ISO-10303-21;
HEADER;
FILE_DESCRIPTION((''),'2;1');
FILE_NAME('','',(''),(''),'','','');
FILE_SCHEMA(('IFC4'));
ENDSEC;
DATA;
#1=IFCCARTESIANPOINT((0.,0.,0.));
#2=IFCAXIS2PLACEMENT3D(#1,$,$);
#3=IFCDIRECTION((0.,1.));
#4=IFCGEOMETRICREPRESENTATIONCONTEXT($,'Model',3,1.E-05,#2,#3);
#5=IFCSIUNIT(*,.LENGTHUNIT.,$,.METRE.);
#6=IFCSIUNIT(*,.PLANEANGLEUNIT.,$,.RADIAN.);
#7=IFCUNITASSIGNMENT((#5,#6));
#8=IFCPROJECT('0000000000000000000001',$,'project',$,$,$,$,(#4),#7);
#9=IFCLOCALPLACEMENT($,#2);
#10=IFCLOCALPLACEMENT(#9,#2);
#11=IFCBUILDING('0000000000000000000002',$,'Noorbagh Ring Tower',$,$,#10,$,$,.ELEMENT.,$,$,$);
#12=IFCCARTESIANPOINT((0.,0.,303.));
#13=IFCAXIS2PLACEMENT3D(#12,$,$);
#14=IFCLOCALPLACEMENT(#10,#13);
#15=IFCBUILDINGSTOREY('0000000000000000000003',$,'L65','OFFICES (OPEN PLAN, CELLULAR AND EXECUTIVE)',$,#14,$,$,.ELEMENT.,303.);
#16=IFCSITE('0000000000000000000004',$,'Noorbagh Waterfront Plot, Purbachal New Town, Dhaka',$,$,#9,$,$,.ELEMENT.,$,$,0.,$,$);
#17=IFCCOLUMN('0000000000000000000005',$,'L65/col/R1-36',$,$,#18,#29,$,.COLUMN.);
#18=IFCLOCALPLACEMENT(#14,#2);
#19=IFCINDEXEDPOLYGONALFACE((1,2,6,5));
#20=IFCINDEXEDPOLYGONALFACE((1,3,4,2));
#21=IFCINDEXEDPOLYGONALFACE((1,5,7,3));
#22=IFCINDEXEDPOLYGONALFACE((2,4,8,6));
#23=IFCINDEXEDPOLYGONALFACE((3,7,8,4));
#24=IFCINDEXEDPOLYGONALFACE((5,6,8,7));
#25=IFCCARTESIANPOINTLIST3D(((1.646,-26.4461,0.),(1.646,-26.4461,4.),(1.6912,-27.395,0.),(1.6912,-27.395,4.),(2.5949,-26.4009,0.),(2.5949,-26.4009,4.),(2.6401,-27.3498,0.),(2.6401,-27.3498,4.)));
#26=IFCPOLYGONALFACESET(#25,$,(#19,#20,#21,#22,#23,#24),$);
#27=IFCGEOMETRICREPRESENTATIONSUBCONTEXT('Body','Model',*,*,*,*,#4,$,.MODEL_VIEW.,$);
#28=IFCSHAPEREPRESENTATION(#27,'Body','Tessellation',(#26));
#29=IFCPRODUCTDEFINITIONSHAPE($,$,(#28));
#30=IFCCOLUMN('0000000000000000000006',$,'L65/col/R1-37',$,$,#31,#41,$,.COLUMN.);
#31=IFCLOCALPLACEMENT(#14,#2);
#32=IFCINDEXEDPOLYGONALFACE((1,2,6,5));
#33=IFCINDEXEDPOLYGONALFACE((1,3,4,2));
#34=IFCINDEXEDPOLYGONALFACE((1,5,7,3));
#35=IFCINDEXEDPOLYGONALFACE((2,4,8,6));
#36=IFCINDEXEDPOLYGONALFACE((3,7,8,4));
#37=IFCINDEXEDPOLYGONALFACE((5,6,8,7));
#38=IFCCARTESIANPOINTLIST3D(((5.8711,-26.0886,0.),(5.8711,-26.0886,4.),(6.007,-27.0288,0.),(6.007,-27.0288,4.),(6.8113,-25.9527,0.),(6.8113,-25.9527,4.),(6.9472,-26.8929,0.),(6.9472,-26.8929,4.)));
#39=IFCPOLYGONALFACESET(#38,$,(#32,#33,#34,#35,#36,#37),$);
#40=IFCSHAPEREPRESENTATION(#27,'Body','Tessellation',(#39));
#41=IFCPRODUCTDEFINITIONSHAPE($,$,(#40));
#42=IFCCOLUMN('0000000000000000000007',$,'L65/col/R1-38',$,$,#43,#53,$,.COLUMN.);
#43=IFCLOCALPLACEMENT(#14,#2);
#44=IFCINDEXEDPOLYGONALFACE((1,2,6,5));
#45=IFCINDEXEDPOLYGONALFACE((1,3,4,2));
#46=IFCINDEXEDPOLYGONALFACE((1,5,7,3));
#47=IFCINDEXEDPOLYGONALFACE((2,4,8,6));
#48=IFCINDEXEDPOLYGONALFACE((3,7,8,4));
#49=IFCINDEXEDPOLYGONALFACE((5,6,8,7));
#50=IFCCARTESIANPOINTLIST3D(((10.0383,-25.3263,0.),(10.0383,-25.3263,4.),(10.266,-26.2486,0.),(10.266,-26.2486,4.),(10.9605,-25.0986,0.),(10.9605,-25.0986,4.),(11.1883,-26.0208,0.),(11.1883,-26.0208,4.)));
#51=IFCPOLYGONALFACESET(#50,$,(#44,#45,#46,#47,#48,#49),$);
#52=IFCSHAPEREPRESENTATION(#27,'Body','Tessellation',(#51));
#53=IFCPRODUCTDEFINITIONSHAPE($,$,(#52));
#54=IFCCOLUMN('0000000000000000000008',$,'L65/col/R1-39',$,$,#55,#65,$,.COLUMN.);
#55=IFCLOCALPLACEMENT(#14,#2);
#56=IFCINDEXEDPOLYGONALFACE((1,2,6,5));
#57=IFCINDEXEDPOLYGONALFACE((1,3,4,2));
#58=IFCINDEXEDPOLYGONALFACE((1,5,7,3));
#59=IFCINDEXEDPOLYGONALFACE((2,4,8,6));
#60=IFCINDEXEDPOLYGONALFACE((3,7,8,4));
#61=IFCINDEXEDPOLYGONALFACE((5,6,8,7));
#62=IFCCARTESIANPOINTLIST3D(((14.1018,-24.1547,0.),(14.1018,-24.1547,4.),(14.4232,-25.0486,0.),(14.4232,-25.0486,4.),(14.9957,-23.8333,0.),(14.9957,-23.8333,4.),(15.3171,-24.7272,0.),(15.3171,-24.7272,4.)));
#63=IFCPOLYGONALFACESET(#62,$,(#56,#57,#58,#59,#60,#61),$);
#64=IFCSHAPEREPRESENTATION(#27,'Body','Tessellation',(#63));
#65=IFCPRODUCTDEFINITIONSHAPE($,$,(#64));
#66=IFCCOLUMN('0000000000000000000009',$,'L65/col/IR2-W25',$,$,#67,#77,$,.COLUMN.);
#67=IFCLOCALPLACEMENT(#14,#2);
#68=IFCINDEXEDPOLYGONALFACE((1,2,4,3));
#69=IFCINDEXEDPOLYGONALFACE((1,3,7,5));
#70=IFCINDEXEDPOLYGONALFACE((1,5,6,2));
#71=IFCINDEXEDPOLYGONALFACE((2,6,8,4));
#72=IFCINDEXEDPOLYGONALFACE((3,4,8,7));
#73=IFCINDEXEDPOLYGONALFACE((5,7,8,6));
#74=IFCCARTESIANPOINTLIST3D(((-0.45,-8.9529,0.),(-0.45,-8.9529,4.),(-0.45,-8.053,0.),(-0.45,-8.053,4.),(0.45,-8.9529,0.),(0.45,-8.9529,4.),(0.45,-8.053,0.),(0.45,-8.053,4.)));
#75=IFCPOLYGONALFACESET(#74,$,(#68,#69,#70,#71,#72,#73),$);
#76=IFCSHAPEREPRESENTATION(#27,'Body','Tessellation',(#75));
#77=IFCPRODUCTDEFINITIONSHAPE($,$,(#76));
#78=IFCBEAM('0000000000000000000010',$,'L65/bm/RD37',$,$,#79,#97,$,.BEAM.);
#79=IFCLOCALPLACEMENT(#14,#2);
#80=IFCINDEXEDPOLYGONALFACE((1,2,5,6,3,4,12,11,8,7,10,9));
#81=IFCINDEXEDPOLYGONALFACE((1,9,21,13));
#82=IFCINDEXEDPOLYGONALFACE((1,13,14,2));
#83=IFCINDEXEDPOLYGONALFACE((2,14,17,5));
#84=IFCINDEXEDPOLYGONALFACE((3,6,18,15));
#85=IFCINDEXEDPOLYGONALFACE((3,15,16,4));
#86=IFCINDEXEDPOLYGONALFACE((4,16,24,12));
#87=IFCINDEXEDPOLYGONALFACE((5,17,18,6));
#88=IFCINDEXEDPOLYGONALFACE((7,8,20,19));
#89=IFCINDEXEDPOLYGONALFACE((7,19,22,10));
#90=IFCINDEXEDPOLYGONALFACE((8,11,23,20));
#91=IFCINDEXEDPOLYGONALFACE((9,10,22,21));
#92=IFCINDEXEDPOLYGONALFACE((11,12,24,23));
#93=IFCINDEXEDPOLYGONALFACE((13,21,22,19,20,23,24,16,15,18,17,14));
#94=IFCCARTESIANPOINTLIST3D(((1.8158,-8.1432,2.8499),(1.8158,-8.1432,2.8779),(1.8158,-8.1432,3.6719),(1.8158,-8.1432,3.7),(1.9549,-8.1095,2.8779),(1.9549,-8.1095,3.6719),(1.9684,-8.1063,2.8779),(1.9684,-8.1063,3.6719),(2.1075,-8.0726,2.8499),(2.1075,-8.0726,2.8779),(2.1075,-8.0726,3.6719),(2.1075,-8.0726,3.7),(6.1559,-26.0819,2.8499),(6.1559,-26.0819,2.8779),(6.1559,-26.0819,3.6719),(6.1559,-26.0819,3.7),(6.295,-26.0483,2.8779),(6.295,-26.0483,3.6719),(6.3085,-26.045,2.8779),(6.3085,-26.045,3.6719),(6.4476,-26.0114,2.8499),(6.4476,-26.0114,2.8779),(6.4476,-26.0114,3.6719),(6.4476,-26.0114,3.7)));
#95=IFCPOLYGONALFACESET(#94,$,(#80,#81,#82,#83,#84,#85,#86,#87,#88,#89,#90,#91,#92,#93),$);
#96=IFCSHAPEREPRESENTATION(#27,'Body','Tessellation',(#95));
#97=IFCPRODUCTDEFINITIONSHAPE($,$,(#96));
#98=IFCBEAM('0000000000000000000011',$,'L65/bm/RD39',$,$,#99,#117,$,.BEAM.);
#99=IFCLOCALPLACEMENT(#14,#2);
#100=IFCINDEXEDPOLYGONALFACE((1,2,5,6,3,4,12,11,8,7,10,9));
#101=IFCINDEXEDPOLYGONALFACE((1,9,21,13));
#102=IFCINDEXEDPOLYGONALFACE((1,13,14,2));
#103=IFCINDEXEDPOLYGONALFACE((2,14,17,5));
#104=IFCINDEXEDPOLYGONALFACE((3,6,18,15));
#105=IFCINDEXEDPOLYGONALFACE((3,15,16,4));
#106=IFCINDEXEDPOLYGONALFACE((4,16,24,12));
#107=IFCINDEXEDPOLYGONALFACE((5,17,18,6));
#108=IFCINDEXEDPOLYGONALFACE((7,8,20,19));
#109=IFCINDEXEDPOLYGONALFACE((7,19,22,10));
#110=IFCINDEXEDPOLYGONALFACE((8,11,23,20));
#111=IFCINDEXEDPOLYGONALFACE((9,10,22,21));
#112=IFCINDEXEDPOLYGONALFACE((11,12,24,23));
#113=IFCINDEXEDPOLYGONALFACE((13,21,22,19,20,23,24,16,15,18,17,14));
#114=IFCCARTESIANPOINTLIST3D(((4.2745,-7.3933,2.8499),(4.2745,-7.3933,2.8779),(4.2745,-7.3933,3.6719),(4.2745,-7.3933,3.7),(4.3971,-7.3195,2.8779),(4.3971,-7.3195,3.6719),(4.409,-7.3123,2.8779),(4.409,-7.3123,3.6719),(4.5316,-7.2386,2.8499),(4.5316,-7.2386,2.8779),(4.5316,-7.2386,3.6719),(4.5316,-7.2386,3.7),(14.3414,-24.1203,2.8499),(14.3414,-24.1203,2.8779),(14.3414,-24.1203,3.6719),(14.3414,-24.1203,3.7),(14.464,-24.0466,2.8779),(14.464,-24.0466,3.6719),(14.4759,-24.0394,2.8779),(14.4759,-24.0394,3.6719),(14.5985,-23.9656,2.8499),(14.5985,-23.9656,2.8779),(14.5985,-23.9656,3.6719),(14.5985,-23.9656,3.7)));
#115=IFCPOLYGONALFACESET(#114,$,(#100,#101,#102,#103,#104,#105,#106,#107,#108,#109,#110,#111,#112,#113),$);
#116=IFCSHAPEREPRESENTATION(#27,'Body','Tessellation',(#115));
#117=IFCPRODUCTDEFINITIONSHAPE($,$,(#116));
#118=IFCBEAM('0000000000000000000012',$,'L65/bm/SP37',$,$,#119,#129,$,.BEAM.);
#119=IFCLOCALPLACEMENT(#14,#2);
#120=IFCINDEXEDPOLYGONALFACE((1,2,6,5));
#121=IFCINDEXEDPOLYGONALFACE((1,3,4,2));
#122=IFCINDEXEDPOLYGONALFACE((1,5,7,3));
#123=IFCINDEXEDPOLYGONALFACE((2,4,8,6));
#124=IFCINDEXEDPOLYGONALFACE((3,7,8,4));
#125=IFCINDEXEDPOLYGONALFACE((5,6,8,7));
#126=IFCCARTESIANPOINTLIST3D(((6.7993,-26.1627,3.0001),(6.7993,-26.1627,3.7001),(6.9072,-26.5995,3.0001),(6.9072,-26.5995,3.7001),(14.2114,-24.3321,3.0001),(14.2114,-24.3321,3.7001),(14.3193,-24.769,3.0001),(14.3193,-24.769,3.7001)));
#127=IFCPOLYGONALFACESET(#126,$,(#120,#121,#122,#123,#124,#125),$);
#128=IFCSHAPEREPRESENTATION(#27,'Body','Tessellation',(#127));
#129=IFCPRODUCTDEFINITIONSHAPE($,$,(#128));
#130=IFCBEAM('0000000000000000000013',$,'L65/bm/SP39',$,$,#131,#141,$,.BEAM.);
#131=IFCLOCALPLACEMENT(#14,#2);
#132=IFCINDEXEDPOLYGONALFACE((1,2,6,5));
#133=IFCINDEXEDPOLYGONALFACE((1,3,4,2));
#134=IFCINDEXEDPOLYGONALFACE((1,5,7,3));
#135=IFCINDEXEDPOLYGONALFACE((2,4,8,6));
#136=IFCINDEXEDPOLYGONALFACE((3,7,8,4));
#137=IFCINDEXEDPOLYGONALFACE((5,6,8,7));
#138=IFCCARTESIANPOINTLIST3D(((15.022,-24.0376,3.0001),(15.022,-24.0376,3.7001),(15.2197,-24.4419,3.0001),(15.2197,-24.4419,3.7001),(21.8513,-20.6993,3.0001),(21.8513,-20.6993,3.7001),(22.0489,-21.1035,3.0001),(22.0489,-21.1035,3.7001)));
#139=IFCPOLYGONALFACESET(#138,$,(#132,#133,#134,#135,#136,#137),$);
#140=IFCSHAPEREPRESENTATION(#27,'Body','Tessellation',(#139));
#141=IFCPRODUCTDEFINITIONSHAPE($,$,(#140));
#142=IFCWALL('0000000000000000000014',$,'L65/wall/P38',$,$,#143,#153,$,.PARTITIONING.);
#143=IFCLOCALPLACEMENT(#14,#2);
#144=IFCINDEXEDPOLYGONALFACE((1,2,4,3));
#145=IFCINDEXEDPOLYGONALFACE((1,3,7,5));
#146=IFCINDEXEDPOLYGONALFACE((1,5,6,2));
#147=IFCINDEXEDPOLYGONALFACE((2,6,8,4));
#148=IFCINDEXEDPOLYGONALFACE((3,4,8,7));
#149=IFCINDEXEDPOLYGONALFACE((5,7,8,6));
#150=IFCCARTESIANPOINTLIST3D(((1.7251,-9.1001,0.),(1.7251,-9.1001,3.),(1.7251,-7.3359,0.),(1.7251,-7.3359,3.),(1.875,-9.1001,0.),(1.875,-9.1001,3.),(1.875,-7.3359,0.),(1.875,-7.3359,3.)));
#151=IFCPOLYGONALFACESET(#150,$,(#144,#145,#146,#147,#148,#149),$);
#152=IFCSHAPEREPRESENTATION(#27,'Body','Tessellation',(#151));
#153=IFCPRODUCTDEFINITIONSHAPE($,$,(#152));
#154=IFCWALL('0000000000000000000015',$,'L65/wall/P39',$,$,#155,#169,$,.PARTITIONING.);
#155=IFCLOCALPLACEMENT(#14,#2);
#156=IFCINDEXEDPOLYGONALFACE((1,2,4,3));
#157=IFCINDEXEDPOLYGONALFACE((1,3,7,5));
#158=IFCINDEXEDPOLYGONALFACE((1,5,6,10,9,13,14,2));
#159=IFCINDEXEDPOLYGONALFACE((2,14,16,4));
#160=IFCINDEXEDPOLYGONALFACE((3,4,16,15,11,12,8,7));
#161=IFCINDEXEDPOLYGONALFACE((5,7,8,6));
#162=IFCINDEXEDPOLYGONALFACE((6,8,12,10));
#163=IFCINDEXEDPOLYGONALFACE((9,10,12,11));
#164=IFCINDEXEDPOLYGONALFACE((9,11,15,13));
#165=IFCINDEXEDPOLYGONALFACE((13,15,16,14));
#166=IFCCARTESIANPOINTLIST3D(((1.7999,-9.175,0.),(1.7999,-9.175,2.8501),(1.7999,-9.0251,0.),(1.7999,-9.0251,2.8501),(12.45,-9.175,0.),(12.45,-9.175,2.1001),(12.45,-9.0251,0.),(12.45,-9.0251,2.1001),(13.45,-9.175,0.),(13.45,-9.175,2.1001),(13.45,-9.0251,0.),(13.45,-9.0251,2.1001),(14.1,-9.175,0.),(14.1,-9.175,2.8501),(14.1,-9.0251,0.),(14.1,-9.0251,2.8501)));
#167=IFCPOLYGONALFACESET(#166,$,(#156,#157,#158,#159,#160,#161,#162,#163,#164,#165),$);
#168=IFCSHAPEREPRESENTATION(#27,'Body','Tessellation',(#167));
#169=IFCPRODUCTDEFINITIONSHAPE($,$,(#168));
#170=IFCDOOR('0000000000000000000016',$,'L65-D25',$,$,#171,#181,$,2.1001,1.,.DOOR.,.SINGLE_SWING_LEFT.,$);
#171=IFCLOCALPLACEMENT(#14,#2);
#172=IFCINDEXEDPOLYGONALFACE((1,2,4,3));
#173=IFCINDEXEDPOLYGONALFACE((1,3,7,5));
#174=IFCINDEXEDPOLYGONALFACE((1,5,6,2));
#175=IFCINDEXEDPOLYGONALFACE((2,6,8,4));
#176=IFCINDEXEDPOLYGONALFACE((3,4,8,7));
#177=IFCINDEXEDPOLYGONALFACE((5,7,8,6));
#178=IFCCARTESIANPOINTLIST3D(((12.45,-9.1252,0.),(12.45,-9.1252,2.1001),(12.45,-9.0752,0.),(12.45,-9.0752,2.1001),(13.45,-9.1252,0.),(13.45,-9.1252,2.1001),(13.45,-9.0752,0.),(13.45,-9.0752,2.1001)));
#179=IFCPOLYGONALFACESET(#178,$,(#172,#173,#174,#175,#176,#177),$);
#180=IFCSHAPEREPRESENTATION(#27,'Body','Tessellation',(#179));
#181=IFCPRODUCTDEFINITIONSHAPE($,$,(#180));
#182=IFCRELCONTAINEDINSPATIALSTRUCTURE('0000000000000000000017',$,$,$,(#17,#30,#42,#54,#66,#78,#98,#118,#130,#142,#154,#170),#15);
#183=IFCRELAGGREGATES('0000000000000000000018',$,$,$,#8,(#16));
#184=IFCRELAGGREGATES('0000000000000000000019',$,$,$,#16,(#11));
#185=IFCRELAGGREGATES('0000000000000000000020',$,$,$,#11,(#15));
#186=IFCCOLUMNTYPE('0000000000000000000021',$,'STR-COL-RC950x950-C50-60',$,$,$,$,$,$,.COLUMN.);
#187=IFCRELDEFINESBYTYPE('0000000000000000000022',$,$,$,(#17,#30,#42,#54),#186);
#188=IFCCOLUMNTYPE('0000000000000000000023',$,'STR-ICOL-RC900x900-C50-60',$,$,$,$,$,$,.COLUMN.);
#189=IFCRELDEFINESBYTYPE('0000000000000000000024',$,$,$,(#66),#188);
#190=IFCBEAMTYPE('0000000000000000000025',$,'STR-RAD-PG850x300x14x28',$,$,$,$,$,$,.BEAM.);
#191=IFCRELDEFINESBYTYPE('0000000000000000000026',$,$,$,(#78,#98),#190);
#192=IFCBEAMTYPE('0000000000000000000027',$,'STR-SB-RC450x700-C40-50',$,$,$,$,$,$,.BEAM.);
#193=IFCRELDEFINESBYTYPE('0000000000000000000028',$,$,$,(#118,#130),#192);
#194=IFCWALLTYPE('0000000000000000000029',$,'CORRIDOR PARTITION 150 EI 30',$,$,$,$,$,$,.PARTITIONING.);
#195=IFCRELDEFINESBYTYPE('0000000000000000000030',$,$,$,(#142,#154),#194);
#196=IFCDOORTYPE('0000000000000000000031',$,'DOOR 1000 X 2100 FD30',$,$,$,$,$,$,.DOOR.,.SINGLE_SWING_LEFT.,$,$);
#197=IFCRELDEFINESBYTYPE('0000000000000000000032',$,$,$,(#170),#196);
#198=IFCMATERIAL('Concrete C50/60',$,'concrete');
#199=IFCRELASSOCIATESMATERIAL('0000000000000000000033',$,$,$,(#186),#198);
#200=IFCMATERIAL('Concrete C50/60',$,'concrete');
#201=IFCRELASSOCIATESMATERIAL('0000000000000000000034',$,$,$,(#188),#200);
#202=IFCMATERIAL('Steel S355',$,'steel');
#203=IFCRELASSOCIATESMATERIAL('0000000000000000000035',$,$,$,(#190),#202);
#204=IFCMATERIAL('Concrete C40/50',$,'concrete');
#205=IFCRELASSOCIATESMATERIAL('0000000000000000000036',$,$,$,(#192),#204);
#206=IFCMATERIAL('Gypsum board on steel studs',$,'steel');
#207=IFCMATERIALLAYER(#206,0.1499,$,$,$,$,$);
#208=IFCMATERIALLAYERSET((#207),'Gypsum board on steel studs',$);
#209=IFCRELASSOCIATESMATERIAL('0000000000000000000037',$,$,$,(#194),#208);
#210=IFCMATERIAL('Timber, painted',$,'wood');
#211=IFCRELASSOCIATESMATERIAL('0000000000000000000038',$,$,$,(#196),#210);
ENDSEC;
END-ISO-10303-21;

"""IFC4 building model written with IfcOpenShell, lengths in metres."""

from ifc_helpers import new_model, si_unit, direction, frame, frame_2d, origin, origin_2d, place, context, subcontext, project, spatial, rectangle, i_section, extrude, material, layer, layer_set, material_profile, profile_set, type_object, element, fill, save


model = new_model("IFC4")

# Units and contexts
model_context = context("Model", 3, precision=1e-05, world=origin(), true_north=direction((0.0, 1.0)))
body_context = subcontext(model_context, "Body", "Model", "MODEL_VIEW")
ifc_project = project(units=[si_unit("LENGTHUNIT", "METRE"), si_unit("PLANEANGLEUNIT", "RADIAN")], contexts=[model_context])

# Site, building, storey
site_placement = place(None, origin())
site = spatial("IfcSite", under=ifc_project, at=site_placement, Name="Noorbagh Waterfront Plot, Purbachal New Town, Dhaka", CompositionType="ELEMENT", RefElevation=0.0)
building_placement = place(site_placement, origin())
building = spatial("IfcBuilding", under=site, at=building_placement, Name="Noorbagh Ring Tower", CompositionType="ELEMENT")
storey_placement = place(building_placement, frame((0.0, 0.0, 303.0)))
storey = spatial("IfcBuildingStorey", under=building, at=storey_placement, Name="L65", Description="OFFICES (OPEN PLAN, CELLULAR AND EXECUTIVE)", CompositionType="ELEMENT", Elevation=303.0)

# Columns
ifc_material_1 = material(Name="Concrete C50/60", Category="concrete")
ifc_material_profile_1 = material_profile(ifc_material_1, rectangle(XDim=0.95, YDim=0.95, at=origin_2d()), Name="RC950x950")
ifc_profile_set_1 = profile_set([ifc_material_profile_1], Name="Concrete C50/60")
column_type_1 = type_object("IfcColumnType", Name="STR-COL-RC950x950-C50-60", PredefinedType="COLUMN", material=ifc_profile_set_1)
for number, where, z_axis, x_axis, name in (
    (1, (2.1431, -26.8979, 0.0), (0.0, 0.0, 1.0), (0.998869, 0.047553, 0.0), "L65/col/R1-36"),
    (2, (6.4092, -26.4907, 0.0), (0.0, 0.0, 1.0), (0.989713, 0.143066, 0.0), "L65/col/R1-37"),
    (3, (10.6133, -25.6736, 0.0), (0.0, 0.0, 1.0), (0.970829, 0.239771, 0.0), "L65/col/R1-38"),
    (4, (14.7095, -24.4409, 0.0), (0.0, 0.0, 1.0), (0.941025, 0.338338, 0.0), "L65/col/R1-39"),
):
    element("IfcColumn", number, at=place(storey_placement, frame(where, z_axis=z_axis, x_axis=x_axis)), inside=storey, type_object=column_type_1, Name=name, PredefinedType="COLUMN", context=body_context, shape_type="SweptSolid", body=[
        extrude(rectangle(XDim=0.95, YDim=0.95, at=origin_2d()), origin(), (0.0, 0.0, 1.0), 4.0),
    ])
ifc_material_2 = material(Name="Concrete C50/60", Category="concrete")
ifc_material_profile_2 = material_profile(ifc_material_2, rectangle(XDim=0.8999, YDim=0.8999, at=origin_2d()), Name="RC900x900")
ifc_profile_set_2 = profile_set([ifc_material_profile_2], Name="Concrete C50/60")
column_type_2 = type_object("IfcColumnType", Name="STR-ICOL-RC900x900-C50-60", PredefinedType="COLUMN", material=ifc_profile_set_2)
column_placement = place(storey_placement, frame((0.0, -8.5029, 0.0), z_axis=(0.0, 0.0, 1.0), x_axis=(1.0, 0.0, 0.0)))
element("IfcColumn", 5, at=column_placement, inside=storey, type_object=column_type_2, Name="L65/col/IR2-W25", PredefinedType="COLUMN", context=body_context, shape_type="SweptSolid", body=[
    extrude(rectangle(XDim=0.8999, YDim=0.8999, at=origin_2d()), origin(), (0.0, 0.0, 1.0), 4.0),
])

# Beams
ifc_material_3 = material(Name="Steel S355", Category="steel")
ifc_material_profile_3 = material_profile(ifc_material_3, i_section(OverallWidth=0.3, OverallDepth=0.8501, WebThickness=0.0139, FlangeThickness=0.0281, at=origin_2d()), Name="PG850x300x14x28")
ifc_profile_set_3 = profile_set([ifc_material_profile_3], Name="Steel S355")
beam_type_1 = type_object("IfcBeamType", Name="STR-RAD-PG850x300x14x28", PredefinedType="BEAM", material=ifc_profile_set_3)
beam_1_placement = place(storey_placement, frame((6.3018, -26.0466, 3.2749), z_axis=(-0.235155, 0.971958, 0.0), x_axis=(-0.971958, -0.235155, 0.0)))
element("IfcBeam", 6, at=beam_1_placement, inside=storey, type_object=beam_type_1, Name="L65/bm/RD37", PredefinedType="BEAM", context=body_context, shape_type="SweptSolid", body=[
    extrude(i_section(OverallWidth=0.3, OverallDepth=0.8501, WebThickness=0.0139, FlangeThickness=0.0281, at=origin_2d()), origin(), (0.0, 0.0, 1.0), 18.4563),
])
beam_2_placement = place(storey_placement, frame((14.47, -24.043, 3.2749), z_axis=(-0.51565, 0.856799, 0.0), x_axis=(-0.856799, -0.51565, 0.0)))
element("IfcBeam", 7, at=beam_2_placement, inside=storey, type_object=beam_type_1, Name="L65/bm/RD39", PredefinedType="BEAM", context=body_context, shape_type="SweptSolid", body=[
    extrude(i_section(OverallWidth=0.3, OverallDepth=0.8501, WebThickness=0.0139, FlangeThickness=0.0281, at=origin_2d()), origin(), (0.0, 0.0, 1.0), 19.5227),
])
ifc_material_4 = material(Name="Concrete C40/50", Category="concrete")
ifc_material_profile_4 = material_profile(ifc_material_4, rectangle(XDim=0.45, YDim=0.7, at=origin_2d()), Name="RC450x700")
ifc_profile_set_4 = profile_set([ifc_material_profile_4], Name="Concrete C40/50")
beam_type_2 = type_object("IfcBeamType", Name="STR-SB-RC450x700-C40-50", PredefinedType="BEAM", material=ifc_profile_set_4)
beam_3_placement = place(storey_placement, frame((6.8533, -26.3811, 3.3501), z_axis=(0.970831, 0.239766, 0.0), x_axis=(-0.239766, 0.970831, 0.0)))
element("IfcBeam", 8, at=beam_3_placement, inside=storey, type_object=beam_type_2, Name="L65/bm/SP37", PredefinedType="BEAM", context=body_context, shape_type="SweptSolid", body=[
    extrude(rectangle(XDim=0.45, YDim=0.7, at=origin_2d()), origin(), (0.0, 0.0, 1.0), 7.6348),
])
beam_4_placement = place(storey_placement, frame((15.1208, -24.2397, 3.3501), z_axis=(0.898406, 0.439166, 0.0), x_axis=(-0.439166, 0.898406, 0.0)))
element("IfcBeam", 9, at=beam_4_placement, inside=storey, type_object=beam_type_2, Name="L65/bm/SP39", PredefinedType="BEAM", context=body_context, shape_type="SweptSolid", body=[
    extrude(rectangle(XDim=0.45, YDim=0.7, at=origin_2d()), origin(), (0.0, 0.0, 1.0), 7.6016),
])

# Wall
ifc_material_5 = material(Name="Gypsum board on steel studs", Category="steel")
ifc_layer_1 = layer(ifc_material_5, 0.1499)
ifc_layer_set_1 = layer_set([ifc_layer_1], Name="Gypsum board on steel studs")
wall_type_1 = type_object("IfcWallType", Name="CORRIDOR PARTITION 150 EI 30", PredefinedType="PARTITIONING", material=ifc_layer_set_1)
wall_1_placement = place(storey_placement, frame((1.8, -9.1001, 0.0), z_axis=(0.0, 0.0, 1.0), x_axis=(0.0, 1.0, 0.0)))
element("IfcWall", 10, at=wall_1_placement, inside=storey, type_object=wall_type_1, Name="L65/wall/P38", PredefinedType="PARTITIONING", context=body_context, shape_type="SweptSolid", body=[
    extrude(rectangle(XDim=1.7642, YDim=0.1499, at=frame_2d((0.8821, 0.0))), origin(), (0.0, 0.0, 1.0), 3.0),
])

# Wall, opening, door
wall_2_placement = place(storey_placement, frame((1.8, -9.1001, 0.0), z_axis=(0.0, 0.0, 1.0), x_axis=(1.0, 0.0, 0.0)))
wall_2 = element("IfcWall", 11, at=wall_2_placement, inside=storey, type_object=wall_type_1, Name="L65/wall/P39", PredefinedType="PARTITIONING", context=body_context, shape_type="SweptSolid", body=[
    extrude(rectangle(XDim=12.3, YDim=0.1499, at=frame_2d((6.1499, 0.0))), origin(), (0.0, 0.0, 1.0), 2.8501),
])
opening_1_placement = place(wall_2_placement, frame((10.6499, 0.0, 0.0)))
opening_1 = element("IfcOpeningElement", 12, at=opening_1_placement, cuts=wall_2, PredefinedType="OPENING", context=body_context, shape_type="SweptSolid", body=[
    extrude(rectangle(XDim=1.0, YDim=2.1001, at=frame_2d((0.5, 1.05))), frame((0.0, 0.085, 0.0), z_axis=(0.0, -1.0, 0.0), x_axis=(1.0, 0.0, 0.0)), (0.0, 0.0, 1.0), 0.1699),
])
ifc_material_6 = material(Name="Timber, painted", Category="wood")
door_type = type_object("IfcDoorType", Name="DOOR 1000 X 2100 FD30", OperationType="SINGLE_SWING_LEFT", PredefinedType="DOOR", material=ifc_material_6)
door_1_placement = place(opening_1_placement, origin())
door_1 = element("IfcDoor", 13, at=door_1_placement, inside=storey, type_object=door_type, Name="L65-D25", OperationType="SINGLE_SWING_LEFT", OverallHeight=2.1001, OverallWidth=1.0, PredefinedType="DOOR", context=body_context, shape_type="SweptSolid", body=[
    extrude(rectangle(XDim=1.0, YDim=2.1001, at=frame_2d((0.5, 1.05))), frame((0.0, 0.0249, 0.0), z_axis=(0.0, -1.0, 0.0), x_axis=(1.0, 0.0, 0.0)), (0.0, 0.0, 1.0), 0.05),
])
fill(opening_1, door_1)

save(model, "model.ifc")
